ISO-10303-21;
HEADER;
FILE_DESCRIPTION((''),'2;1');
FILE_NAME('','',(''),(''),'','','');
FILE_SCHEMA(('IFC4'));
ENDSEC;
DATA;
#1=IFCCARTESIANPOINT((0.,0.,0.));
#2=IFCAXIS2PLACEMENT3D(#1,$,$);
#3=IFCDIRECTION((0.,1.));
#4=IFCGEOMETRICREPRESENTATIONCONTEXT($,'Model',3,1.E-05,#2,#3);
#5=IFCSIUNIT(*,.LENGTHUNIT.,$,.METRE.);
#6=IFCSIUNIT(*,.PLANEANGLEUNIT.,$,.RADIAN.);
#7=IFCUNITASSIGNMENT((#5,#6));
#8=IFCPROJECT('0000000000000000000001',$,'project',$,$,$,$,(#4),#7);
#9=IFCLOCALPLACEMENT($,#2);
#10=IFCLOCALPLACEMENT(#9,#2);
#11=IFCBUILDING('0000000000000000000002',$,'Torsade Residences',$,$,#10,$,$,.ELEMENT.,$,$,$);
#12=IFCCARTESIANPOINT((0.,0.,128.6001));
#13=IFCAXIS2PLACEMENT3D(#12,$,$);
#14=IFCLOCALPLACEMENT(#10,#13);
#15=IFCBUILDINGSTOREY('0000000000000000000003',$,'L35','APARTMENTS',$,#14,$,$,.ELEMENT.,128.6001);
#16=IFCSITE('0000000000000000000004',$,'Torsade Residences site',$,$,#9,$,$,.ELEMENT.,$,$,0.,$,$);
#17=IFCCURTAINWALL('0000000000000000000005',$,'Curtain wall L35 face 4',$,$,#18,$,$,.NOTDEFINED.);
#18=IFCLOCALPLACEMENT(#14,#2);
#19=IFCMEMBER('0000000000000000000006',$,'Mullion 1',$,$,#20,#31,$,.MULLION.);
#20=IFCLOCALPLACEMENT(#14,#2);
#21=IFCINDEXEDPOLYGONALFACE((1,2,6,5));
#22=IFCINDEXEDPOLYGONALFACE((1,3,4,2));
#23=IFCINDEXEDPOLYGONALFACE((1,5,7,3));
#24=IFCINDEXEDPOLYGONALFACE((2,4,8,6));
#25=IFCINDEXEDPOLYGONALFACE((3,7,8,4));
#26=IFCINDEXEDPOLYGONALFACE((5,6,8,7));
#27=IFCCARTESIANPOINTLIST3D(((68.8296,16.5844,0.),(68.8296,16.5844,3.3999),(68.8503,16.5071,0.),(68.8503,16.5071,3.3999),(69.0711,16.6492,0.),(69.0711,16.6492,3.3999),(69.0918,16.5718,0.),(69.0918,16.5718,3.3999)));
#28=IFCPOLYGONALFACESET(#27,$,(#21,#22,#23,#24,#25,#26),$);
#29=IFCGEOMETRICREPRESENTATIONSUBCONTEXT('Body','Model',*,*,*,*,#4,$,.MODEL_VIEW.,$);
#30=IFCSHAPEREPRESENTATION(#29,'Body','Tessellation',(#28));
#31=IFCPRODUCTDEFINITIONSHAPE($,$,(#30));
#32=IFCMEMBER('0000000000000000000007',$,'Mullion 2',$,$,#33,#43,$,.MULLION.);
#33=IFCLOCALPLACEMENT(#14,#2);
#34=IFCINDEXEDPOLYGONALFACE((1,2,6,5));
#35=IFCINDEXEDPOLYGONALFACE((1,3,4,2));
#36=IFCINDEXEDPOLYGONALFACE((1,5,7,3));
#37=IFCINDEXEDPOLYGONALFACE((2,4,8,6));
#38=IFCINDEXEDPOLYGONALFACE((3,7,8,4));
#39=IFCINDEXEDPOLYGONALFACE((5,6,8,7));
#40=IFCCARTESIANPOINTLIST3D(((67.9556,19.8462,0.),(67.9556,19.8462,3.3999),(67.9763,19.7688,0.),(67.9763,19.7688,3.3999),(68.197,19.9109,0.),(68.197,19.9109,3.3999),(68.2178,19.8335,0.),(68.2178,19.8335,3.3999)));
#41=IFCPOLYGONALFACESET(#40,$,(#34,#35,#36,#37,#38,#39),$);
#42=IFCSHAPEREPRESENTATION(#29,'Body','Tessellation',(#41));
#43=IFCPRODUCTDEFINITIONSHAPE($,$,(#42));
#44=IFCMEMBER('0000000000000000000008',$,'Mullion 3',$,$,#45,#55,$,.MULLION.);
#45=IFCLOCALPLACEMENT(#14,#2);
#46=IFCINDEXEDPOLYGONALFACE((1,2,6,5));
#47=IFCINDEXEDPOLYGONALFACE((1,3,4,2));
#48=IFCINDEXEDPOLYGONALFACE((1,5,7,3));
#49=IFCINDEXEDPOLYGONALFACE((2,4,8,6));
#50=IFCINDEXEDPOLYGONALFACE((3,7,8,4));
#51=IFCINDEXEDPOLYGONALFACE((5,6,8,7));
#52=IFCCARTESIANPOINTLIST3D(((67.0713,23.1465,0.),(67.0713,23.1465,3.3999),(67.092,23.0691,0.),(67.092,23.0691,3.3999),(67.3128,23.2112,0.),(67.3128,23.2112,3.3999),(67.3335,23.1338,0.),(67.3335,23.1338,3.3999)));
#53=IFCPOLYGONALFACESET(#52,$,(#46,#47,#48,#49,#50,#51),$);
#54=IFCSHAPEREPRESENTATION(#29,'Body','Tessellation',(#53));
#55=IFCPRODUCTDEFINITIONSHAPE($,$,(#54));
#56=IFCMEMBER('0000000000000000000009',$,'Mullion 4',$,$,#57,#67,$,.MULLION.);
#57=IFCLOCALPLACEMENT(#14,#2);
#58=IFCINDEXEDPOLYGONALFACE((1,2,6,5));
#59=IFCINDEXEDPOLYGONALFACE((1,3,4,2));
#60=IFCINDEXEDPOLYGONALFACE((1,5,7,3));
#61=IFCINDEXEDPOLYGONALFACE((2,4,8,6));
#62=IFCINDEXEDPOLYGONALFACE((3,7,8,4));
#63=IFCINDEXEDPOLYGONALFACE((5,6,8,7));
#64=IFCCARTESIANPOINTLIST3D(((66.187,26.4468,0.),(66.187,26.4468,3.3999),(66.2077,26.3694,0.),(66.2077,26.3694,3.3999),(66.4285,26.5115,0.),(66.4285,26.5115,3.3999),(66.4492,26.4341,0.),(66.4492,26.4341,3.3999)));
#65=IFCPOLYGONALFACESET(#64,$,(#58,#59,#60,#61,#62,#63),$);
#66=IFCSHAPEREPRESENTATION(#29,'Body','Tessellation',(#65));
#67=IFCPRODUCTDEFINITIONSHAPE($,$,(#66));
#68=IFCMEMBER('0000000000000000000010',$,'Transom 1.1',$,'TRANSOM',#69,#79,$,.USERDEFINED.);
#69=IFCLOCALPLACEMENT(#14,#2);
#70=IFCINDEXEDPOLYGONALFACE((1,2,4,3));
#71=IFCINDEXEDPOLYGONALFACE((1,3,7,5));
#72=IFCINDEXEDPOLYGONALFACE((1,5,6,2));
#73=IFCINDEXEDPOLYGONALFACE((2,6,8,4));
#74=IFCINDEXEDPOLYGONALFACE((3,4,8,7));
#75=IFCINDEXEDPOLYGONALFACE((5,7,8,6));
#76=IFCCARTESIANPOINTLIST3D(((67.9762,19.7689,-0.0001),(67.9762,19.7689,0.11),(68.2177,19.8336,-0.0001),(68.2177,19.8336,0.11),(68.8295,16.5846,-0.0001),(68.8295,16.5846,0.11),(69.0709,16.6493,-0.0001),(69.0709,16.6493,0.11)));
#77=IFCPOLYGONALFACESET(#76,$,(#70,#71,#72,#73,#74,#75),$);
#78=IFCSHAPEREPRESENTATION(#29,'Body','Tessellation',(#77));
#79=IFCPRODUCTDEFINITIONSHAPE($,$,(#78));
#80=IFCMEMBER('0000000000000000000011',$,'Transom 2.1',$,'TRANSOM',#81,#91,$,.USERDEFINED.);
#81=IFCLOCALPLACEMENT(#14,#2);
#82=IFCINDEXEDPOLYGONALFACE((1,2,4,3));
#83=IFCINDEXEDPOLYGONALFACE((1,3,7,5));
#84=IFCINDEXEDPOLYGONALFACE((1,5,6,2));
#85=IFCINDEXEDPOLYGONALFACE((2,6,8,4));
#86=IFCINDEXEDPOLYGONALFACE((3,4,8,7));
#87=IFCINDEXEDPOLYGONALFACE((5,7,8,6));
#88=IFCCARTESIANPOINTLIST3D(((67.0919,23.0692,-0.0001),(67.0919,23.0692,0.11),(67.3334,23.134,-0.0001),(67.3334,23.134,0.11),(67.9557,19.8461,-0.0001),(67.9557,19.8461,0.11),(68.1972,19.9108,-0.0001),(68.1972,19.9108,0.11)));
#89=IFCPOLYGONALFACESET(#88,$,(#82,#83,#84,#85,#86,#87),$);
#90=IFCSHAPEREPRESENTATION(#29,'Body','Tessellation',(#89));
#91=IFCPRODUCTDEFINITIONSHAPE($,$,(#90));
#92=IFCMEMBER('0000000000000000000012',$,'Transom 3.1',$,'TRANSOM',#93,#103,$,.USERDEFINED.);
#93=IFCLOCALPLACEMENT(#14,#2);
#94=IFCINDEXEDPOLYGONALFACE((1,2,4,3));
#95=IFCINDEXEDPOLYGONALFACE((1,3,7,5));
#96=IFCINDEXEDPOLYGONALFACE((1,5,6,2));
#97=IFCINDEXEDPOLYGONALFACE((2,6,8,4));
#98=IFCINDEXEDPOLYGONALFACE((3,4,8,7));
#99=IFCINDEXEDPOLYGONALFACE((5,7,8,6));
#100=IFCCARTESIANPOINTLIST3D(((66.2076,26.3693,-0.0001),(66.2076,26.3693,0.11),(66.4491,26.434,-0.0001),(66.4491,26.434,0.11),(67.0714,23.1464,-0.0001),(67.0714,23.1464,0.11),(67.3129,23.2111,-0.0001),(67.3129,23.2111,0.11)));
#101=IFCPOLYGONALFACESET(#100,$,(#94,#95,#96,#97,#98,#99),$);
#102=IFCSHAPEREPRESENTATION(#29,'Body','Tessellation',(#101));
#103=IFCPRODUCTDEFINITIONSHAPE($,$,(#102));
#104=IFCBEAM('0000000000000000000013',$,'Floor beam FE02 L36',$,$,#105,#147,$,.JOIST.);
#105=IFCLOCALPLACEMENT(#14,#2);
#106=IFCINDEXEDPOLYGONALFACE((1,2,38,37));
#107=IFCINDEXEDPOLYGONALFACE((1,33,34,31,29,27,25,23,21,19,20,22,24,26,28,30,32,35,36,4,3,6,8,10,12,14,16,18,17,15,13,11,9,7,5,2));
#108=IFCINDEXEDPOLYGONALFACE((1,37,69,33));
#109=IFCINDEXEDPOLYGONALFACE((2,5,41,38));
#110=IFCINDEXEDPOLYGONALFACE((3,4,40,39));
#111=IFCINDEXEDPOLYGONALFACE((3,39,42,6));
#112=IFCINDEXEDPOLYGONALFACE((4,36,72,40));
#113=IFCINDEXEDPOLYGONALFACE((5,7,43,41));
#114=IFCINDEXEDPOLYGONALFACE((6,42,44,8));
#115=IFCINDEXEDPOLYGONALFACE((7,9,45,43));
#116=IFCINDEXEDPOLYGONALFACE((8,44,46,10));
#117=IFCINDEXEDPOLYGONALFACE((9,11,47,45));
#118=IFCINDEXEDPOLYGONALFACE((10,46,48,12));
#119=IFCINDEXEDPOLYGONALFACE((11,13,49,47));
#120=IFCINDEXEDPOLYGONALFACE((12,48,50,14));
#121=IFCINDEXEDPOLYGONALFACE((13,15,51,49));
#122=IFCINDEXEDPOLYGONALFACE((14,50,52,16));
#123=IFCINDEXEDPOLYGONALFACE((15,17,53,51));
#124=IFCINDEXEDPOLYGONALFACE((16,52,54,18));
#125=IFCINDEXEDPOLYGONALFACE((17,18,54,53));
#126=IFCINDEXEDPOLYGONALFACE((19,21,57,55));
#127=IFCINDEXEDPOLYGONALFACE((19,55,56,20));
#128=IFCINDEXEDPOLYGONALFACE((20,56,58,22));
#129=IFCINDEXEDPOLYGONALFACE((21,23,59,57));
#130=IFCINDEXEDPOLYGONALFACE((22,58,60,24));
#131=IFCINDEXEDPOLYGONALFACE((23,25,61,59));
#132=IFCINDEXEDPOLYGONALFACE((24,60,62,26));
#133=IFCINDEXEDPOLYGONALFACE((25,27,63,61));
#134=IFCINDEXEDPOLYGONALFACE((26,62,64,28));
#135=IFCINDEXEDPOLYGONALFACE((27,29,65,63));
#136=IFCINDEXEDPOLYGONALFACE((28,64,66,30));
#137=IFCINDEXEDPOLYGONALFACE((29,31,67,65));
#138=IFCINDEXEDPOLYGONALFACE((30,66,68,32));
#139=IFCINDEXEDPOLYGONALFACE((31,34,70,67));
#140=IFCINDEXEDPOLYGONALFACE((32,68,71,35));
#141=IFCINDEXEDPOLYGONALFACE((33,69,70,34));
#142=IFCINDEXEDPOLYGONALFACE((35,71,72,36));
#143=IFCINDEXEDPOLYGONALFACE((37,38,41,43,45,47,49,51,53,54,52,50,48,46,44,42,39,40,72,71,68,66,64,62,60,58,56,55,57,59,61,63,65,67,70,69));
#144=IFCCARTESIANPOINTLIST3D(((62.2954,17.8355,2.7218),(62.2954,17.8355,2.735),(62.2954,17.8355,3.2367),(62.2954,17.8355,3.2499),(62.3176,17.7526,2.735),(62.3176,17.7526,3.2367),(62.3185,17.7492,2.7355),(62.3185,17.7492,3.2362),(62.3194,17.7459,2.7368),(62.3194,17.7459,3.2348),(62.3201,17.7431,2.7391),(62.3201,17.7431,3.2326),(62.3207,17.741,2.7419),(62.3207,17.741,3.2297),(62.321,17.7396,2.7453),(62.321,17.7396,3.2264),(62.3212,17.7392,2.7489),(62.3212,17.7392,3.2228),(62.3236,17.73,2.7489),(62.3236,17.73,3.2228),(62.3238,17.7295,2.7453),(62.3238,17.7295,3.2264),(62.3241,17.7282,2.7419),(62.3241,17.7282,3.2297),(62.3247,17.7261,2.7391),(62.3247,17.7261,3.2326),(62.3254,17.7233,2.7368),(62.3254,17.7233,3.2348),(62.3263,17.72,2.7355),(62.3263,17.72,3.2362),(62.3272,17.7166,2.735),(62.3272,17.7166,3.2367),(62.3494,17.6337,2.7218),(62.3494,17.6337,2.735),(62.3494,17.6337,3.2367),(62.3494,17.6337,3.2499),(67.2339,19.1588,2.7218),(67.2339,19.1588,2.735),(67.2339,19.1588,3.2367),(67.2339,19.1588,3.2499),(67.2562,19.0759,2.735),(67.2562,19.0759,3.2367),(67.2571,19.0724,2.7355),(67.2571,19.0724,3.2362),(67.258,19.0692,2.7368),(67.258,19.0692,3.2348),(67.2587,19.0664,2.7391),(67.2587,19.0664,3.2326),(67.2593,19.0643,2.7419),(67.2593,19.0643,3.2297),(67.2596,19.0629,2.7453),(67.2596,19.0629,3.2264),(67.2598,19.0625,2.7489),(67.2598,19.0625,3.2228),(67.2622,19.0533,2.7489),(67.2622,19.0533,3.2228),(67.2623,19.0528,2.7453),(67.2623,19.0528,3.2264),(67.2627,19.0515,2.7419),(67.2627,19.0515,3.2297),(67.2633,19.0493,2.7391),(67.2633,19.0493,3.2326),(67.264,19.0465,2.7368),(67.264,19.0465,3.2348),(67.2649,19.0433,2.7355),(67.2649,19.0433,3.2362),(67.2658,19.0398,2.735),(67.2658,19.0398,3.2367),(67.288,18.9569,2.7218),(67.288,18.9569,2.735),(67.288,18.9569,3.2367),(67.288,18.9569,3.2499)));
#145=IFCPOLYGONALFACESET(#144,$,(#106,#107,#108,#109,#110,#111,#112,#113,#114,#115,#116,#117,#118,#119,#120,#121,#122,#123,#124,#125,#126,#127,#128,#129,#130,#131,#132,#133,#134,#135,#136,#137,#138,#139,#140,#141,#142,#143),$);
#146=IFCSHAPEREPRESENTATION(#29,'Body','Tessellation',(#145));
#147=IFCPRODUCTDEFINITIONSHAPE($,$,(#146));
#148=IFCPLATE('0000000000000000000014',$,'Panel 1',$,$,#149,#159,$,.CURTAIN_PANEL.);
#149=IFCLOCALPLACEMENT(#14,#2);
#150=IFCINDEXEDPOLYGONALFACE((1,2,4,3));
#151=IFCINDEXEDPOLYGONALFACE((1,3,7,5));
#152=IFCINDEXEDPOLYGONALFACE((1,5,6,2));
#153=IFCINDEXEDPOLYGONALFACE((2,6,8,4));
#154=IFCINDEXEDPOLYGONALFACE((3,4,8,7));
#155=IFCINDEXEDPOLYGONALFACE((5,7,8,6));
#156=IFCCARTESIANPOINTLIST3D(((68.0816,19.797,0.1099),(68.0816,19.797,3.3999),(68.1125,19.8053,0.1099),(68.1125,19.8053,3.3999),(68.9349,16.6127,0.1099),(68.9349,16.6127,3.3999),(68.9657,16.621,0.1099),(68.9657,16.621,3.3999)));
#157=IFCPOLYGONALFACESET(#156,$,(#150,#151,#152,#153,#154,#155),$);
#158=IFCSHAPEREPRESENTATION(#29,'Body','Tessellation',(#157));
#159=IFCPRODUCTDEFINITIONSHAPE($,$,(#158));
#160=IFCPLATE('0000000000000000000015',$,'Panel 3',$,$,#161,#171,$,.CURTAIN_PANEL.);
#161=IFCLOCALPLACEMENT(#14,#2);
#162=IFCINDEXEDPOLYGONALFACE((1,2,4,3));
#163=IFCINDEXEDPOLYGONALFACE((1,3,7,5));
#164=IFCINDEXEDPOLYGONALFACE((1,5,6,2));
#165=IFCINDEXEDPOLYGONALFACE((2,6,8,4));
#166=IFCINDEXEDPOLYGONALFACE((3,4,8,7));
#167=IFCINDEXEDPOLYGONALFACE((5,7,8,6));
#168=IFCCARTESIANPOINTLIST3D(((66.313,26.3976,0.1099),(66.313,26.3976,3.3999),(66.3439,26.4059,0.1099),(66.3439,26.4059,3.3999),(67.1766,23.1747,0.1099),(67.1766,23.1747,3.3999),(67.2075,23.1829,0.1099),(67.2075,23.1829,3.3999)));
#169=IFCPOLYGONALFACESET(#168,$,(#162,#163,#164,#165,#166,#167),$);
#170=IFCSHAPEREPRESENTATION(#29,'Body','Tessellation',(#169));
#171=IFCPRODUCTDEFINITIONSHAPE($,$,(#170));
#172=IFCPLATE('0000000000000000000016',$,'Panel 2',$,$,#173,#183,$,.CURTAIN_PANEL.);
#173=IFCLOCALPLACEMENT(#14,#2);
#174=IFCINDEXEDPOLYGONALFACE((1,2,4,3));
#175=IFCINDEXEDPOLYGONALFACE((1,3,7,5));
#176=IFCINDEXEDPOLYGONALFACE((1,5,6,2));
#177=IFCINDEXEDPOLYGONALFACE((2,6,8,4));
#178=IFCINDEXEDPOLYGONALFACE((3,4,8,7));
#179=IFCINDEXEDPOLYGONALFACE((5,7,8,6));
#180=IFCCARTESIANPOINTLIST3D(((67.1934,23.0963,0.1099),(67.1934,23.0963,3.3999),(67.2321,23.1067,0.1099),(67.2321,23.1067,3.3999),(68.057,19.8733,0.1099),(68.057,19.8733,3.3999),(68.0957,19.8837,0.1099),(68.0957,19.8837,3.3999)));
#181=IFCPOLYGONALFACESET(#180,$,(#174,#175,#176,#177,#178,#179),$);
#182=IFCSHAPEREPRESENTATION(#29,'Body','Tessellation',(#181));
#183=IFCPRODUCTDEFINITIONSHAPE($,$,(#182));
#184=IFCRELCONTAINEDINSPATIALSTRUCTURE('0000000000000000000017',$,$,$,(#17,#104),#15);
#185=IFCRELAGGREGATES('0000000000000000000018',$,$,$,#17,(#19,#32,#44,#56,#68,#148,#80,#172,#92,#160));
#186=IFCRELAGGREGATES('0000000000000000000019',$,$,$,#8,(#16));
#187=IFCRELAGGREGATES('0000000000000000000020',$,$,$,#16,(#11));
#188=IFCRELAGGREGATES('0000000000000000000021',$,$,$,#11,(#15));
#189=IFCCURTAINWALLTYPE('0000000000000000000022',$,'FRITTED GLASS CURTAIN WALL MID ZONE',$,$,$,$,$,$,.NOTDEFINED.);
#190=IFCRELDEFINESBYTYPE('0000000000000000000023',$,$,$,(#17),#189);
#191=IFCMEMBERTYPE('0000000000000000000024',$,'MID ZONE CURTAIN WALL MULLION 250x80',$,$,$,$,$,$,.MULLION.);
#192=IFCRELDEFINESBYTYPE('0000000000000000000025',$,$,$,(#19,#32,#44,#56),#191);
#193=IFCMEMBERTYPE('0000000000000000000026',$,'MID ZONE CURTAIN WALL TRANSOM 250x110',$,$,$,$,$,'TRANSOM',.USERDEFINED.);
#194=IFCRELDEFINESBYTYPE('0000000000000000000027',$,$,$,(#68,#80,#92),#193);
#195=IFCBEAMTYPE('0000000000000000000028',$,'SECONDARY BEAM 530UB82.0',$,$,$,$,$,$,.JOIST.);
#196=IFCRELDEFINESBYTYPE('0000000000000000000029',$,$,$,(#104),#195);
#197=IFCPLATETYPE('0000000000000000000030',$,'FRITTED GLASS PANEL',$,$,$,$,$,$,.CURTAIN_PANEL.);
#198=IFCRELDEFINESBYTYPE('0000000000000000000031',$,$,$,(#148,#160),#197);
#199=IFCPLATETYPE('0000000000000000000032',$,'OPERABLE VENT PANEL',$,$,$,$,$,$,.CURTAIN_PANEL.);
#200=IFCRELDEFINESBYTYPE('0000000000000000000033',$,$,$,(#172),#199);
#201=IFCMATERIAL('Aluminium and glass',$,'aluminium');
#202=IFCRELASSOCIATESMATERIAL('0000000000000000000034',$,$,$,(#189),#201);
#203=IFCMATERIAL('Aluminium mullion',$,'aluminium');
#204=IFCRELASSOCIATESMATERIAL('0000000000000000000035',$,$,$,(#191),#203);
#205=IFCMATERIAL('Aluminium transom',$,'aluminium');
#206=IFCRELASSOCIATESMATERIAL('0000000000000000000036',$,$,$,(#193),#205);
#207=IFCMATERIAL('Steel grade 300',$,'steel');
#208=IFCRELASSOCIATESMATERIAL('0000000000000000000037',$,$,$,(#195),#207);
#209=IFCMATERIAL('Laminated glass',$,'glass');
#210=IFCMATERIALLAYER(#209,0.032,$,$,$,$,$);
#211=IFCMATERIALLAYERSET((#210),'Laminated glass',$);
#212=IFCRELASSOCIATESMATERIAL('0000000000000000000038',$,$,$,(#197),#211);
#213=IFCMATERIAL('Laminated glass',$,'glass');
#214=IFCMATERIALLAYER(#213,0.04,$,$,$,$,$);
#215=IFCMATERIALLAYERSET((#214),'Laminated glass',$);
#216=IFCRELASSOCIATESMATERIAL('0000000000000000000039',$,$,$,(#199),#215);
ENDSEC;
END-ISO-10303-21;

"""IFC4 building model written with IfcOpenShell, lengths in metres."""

from ifc_helpers import new_model, si_unit, direction, frame, origin, origin_2d, place, context, subcontext, project, spatial, rectangle, i_section, extrude, material, layer, layer_set, material_profile, profile_set, type_object, element, aggregate, save


model = new_model("IFC4")

# Units and contexts
model_context = context("Model", 3, precision=1e-05, world=origin(), true_north=direction((0.0, 1.0)))
body_context = subcontext(model_context, "Body", "Model", "MODEL_VIEW")
ifc_project = project(units=[si_unit("LENGTHUNIT", "METRE"), si_unit("PLANEANGLEUNIT", "RADIAN")], contexts=[model_context])

# Site, building, storey
site_placement = place(None, origin())
site = spatial("IfcSite", under=ifc_project, at=site_placement, Name="Torsade Residences site", CompositionType="ELEMENT", RefElevation=0.0)
building_placement = place(site_placement, origin())
building = spatial("IfcBuilding", under=site, at=building_placement, Name="Torsade Residences", CompositionType="ELEMENT")
storey_placement = place(building_placement, frame((0.0, 0.0, 128.6001)))
storey = spatial("IfcBuildingStorey", under=building, at=storey_placement, Name="L35", Description="APARTMENTS", CompositionType="ELEMENT", Elevation=128.6001)

# Curtain wall, members
ifc_material_1 = material(Name="Aluminium and glass", Category="aluminium")
curtain_wall_type = type_object("IfcCurtainWallType", Name="FRITTED GLASS CURTAIN WALL MID ZONE", PredefinedType="NOTDEFINED", material=ifc_material_1)
curtain_wall_placement = place(storey_placement, origin())
curtain_wall = element("IfcCurtainWall", 1, at=curtain_wall_placement, inside=storey, type_object=curtain_wall_type, Name="Curtain wall L35 face 4", PredefinedType="NOTDEFINED")
ifc_material_2 = material(Name="Aluminium mullion", Category="aluminium")
ifc_material_profile_1 = material_profile(ifc_material_2, rectangle(XDim=0.25, YDim=0.0801, at=origin_2d()), Name="MID ZONE CURTAIN WALL MULLION 250x80")
ifc_profile_set_1 = profile_set([ifc_material_profile_1], Name="Aluminium mullion")
member_type_1 = type_object("IfcMemberType", Name="MID ZONE CURTAIN WALL MULLION 250x80", PredefinedType="MULLION", material=ifc_profile_set_1)
member_1_placement = place(storey_placement, frame((68.9607, 16.5781, 0.0), z_axis=(0.0, 0.0, 1.0), x_axis=(-0.965926, -0.258819, 0.0)))
member_1 = element("IfcMember", 2, at=member_1_placement, type_object=member_type_1, Name="Mullion 1", PredefinedType="MULLION", context=body_context, shape_type="SweptSolid", body=[
    extrude(rectangle(XDim=0.25, YDim=0.0801, at=origin_2d()), origin(), (0.0, 0.0, 1.0), 3.3999),
])
member_2_placement = place(storey_placement, frame((68.0867, 19.8398, 0.0), z_axis=(0.0, 0.0, 1.0), x_axis=(-0.965926, -0.258819, 0.0)))
member_2 = element("IfcMember", 3, at=member_2_placement, type_object=member_type_1, Name="Mullion 2", PredefinedType="MULLION", context=body_context, shape_type="SweptSolid", body=[
    extrude(rectangle(XDim=0.25, YDim=0.0801, at=origin_2d()), origin(), (0.0, 0.0, 1.0), 3.3999),
])
member_3_placement = place(storey_placement, frame((67.2024, 23.1401, 0.0), z_axis=(0.0, 0.0, 1.0), x_axis=(-0.965926, -0.258819, 0.0)))
member_3 = element("IfcMember", 4, at=member_3_placement, type_object=member_type_1, Name="Mullion 3", PredefinedType="MULLION", context=body_context, shape_type="SweptSolid", body=[
    extrude(rectangle(XDim=0.25, YDim=0.0801, at=origin_2d()), origin(), (0.0, 0.0, 1.0), 3.3999),
])
member_4_placement = place(storey_placement, frame((66.3181, 26.4404, 0.0), z_axis=(0.0, 0.0, 1.0), x_axis=(-0.965926, -0.258819, 0.0)))
member_4 = element("IfcMember", 5, at=member_4_placement, type_object=member_type_1, Name="Mullion 4", PredefinedType="MULLION", context=body_context, shape_type="SweptSolid", body=[
    extrude(rectangle(XDim=0.25, YDim=0.0801, at=origin_2d()), origin(), (0.0, 0.0, 1.0), 3.3999),
])
ifc_material_3 = material(Name="Aluminium transom", Category="aluminium")
ifc_material_profile_2 = material_profile(ifc_material_3, rectangle(XDim=0.25, YDim=0.1101, at=origin_2d()), Name="MID ZONE CURTAIN WALL TRANSOM 250x110")
ifc_profile_set_2 = profile_set([ifc_material_profile_2], Name="Aluminium transom")
member_type_2 = type_object("IfcMemberType", Name="MID ZONE CURTAIN WALL TRANSOM 250x110", ElementType="TRANSOM", PredefinedType="USERDEFINED", material=ifc_profile_set_2)
member_5_placement = place(storey_placement, frame((68.9502, 16.6169, 0.0549), z_axis=(-0.258829, 0.965923, 0.0), x_axis=(-0.965923, -0.258829, 0.0)))
member_5 = element("IfcMember", 6, at=member_5_placement, type_object=member_type_2, Name="Transom 1.1", ObjectType="TRANSOM", PredefinedType="USERDEFINED", context=body_context, shape_type="SweptSolid", body=[
    extrude(rectangle(XDim=0.25, YDim=0.1101, at=origin_2d()), origin(), (0.0, 0.0, 1.0), 3.2966),
])
member_6_placement = place(storey_placement, frame((68.0764, 19.8784, 0.0549), z_axis=(-0.258856, 0.965916, 0.0), x_axis=(-0.965916, -0.258856, 0.0)))
member_6 = element("IfcMember", 7, at=member_6_placement, type_object=member_type_2, Name="Transom 2.1", ObjectType="TRANSOM", PredefinedType="USERDEFINED", context=body_context, shape_type="SweptSolid", body=[
    extrude(rectangle(XDim=0.25, YDim=0.1101, at=origin_2d()), origin(), (0.0, 0.0, 1.0), 3.3369),
])
member_7_placement = place(storey_placement, frame((67.1921, 23.1787, 0.0549), z_axis=(-0.258874, 0.965911, 0.0), x_axis=(-0.965911, -0.258874, 0.0)))
member_7 = element("IfcMember", 8, at=member_7_placement, type_object=member_type_2, Name="Transom 3.1", ObjectType="TRANSOM", PredefinedType="USERDEFINED", context=body_context, shape_type="SweptSolid", body=[
    extrude(rectangle(XDim=0.25, YDim=0.1101, at=origin_2d()), origin(), (0.0, 0.0, 1.0), 3.3367),
])

# Beam
ifc_material_4 = material(Name="Steel grade 300", Category="steel")
ifc_material_profile_3 = material_profile(ifc_material_4, i_section(OverallWidth=0.209, OverallDepth=0.5281, WebThickness=0.0095, FlangeThickness=0.0132, FilletRadius=0.0139, at=origin_2d()), Name="530UB82.0")
ifc_profile_set_3 = profile_set([ifc_material_profile_3], Name="Steel grade 300")
beam_type = type_object("IfcBeamType", Name="SECONDARY BEAM 530UB82.0", PredefinedType="JOIST", material=ifc_profile_set_3)
beam_placement = place(storey_placement, frame((67.261, 19.0579, 2.9858), z_axis=(-0.965927, -0.258816, 0.0), x_axis=(0.258816, -0.965927, 0.0)))
element("IfcBeam", 9, at=beam_placement, inside=storey, type_object=beam_type, Name="Floor beam FE02 L36", PredefinedType="JOIST", context=body_context, shape_type="SweptSolid", body=[
    extrude(i_section(OverallWidth=0.209, OverallDepth=0.5281, WebThickness=0.0095, FlangeThickness=0.0132, FilletRadius=0.0139, at=origin_2d()), origin(), (0.0, 0.0, 1.0), 5.1128),
])

# Plates
ifc_material_5 = material(Name="Laminated glass", Category="glass")
ifc_layer_1 = layer(ifc_material_5, 0.032)
ifc_layer_set_1 = layer_set([ifc_layer_1], Name="Laminated glass")
plate_type_1 = type_object("IfcPlateType", Name="FRITTED GLASS PANEL", PredefinedType="CURTAIN_PANEL", material=ifc_layer_set_1)
plate_1_placement = place(storey_placement, frame((68.5237, 18.209, 0.1099), z_axis=(0.0, 0.0, 1.0), x_axis=(-0.258819, 0.965926, 0.0)))
plate_1 = element("IfcPlate", 10, at=plate_1_placement, type_object=plate_type_1, Name="Panel 1", PredefinedType="CURTAIN_PANEL", context=body_context, shape_type="SweptSolid", body=[
    extrude(rectangle(XDim=3.2966, YDim=0.032, at=origin_2d()), origin(), (0.0, 0.0, 1.0), 3.29),
])
plate_2_placement = place(storey_placement, frame((66.7603, 24.7903, 0.1099), z_axis=(0.0, 0.0, 1.0), x_axis=(-0.258819, 0.965926, 0.0)))
plate_2 = element("IfcPlate", 11, at=plate_2_placement, type_object=plate_type_1, Name="Panel 3", PredefinedType="CURTAIN_PANEL", context=body_context, shape_type="SweptSolid", body=[
    extrude(rectangle(XDim=3.3367, YDim=0.032, at=origin_2d()), origin(), (0.0, 0.0, 1.0), 3.29),
])
ifc_material_6 = material(Name="Laminated glass", Category="glass")
ifc_layer_2 = layer(ifc_material_6, 0.04)
ifc_layer_set_2 = layer_set([ifc_layer_2], Name="Laminated glass")
plate_type_2 = type_object("IfcPlateType", Name="OPERABLE VENT PANEL", PredefinedType="CURTAIN_PANEL", material=ifc_layer_set_2)
plate_3_placement = place(storey_placement, frame((67.6445, 21.49, 0.1099), z_axis=(0.0, 0.0, 1.0), x_axis=(-0.258819, 0.965926, 0.0)))
plate_3 = element("IfcPlate", 12, at=plate_3_placement, type_object=plate_type_2, Name="Panel 2", PredefinedType="CURTAIN_PANEL", context=body_context, shape_type="SweptSolid", body=[
    extrude(rectangle(XDim=3.3367, YDim=0.04, at=origin_2d()), origin(), (0.0, 0.0, 1.0), 3.29),
])
aggregate(curtain_wall, [member_1, member_2, member_3, member_4, member_5, plate_1, member_6, plate_3, member_7, plate_2])

save(model, "model.ifc")
